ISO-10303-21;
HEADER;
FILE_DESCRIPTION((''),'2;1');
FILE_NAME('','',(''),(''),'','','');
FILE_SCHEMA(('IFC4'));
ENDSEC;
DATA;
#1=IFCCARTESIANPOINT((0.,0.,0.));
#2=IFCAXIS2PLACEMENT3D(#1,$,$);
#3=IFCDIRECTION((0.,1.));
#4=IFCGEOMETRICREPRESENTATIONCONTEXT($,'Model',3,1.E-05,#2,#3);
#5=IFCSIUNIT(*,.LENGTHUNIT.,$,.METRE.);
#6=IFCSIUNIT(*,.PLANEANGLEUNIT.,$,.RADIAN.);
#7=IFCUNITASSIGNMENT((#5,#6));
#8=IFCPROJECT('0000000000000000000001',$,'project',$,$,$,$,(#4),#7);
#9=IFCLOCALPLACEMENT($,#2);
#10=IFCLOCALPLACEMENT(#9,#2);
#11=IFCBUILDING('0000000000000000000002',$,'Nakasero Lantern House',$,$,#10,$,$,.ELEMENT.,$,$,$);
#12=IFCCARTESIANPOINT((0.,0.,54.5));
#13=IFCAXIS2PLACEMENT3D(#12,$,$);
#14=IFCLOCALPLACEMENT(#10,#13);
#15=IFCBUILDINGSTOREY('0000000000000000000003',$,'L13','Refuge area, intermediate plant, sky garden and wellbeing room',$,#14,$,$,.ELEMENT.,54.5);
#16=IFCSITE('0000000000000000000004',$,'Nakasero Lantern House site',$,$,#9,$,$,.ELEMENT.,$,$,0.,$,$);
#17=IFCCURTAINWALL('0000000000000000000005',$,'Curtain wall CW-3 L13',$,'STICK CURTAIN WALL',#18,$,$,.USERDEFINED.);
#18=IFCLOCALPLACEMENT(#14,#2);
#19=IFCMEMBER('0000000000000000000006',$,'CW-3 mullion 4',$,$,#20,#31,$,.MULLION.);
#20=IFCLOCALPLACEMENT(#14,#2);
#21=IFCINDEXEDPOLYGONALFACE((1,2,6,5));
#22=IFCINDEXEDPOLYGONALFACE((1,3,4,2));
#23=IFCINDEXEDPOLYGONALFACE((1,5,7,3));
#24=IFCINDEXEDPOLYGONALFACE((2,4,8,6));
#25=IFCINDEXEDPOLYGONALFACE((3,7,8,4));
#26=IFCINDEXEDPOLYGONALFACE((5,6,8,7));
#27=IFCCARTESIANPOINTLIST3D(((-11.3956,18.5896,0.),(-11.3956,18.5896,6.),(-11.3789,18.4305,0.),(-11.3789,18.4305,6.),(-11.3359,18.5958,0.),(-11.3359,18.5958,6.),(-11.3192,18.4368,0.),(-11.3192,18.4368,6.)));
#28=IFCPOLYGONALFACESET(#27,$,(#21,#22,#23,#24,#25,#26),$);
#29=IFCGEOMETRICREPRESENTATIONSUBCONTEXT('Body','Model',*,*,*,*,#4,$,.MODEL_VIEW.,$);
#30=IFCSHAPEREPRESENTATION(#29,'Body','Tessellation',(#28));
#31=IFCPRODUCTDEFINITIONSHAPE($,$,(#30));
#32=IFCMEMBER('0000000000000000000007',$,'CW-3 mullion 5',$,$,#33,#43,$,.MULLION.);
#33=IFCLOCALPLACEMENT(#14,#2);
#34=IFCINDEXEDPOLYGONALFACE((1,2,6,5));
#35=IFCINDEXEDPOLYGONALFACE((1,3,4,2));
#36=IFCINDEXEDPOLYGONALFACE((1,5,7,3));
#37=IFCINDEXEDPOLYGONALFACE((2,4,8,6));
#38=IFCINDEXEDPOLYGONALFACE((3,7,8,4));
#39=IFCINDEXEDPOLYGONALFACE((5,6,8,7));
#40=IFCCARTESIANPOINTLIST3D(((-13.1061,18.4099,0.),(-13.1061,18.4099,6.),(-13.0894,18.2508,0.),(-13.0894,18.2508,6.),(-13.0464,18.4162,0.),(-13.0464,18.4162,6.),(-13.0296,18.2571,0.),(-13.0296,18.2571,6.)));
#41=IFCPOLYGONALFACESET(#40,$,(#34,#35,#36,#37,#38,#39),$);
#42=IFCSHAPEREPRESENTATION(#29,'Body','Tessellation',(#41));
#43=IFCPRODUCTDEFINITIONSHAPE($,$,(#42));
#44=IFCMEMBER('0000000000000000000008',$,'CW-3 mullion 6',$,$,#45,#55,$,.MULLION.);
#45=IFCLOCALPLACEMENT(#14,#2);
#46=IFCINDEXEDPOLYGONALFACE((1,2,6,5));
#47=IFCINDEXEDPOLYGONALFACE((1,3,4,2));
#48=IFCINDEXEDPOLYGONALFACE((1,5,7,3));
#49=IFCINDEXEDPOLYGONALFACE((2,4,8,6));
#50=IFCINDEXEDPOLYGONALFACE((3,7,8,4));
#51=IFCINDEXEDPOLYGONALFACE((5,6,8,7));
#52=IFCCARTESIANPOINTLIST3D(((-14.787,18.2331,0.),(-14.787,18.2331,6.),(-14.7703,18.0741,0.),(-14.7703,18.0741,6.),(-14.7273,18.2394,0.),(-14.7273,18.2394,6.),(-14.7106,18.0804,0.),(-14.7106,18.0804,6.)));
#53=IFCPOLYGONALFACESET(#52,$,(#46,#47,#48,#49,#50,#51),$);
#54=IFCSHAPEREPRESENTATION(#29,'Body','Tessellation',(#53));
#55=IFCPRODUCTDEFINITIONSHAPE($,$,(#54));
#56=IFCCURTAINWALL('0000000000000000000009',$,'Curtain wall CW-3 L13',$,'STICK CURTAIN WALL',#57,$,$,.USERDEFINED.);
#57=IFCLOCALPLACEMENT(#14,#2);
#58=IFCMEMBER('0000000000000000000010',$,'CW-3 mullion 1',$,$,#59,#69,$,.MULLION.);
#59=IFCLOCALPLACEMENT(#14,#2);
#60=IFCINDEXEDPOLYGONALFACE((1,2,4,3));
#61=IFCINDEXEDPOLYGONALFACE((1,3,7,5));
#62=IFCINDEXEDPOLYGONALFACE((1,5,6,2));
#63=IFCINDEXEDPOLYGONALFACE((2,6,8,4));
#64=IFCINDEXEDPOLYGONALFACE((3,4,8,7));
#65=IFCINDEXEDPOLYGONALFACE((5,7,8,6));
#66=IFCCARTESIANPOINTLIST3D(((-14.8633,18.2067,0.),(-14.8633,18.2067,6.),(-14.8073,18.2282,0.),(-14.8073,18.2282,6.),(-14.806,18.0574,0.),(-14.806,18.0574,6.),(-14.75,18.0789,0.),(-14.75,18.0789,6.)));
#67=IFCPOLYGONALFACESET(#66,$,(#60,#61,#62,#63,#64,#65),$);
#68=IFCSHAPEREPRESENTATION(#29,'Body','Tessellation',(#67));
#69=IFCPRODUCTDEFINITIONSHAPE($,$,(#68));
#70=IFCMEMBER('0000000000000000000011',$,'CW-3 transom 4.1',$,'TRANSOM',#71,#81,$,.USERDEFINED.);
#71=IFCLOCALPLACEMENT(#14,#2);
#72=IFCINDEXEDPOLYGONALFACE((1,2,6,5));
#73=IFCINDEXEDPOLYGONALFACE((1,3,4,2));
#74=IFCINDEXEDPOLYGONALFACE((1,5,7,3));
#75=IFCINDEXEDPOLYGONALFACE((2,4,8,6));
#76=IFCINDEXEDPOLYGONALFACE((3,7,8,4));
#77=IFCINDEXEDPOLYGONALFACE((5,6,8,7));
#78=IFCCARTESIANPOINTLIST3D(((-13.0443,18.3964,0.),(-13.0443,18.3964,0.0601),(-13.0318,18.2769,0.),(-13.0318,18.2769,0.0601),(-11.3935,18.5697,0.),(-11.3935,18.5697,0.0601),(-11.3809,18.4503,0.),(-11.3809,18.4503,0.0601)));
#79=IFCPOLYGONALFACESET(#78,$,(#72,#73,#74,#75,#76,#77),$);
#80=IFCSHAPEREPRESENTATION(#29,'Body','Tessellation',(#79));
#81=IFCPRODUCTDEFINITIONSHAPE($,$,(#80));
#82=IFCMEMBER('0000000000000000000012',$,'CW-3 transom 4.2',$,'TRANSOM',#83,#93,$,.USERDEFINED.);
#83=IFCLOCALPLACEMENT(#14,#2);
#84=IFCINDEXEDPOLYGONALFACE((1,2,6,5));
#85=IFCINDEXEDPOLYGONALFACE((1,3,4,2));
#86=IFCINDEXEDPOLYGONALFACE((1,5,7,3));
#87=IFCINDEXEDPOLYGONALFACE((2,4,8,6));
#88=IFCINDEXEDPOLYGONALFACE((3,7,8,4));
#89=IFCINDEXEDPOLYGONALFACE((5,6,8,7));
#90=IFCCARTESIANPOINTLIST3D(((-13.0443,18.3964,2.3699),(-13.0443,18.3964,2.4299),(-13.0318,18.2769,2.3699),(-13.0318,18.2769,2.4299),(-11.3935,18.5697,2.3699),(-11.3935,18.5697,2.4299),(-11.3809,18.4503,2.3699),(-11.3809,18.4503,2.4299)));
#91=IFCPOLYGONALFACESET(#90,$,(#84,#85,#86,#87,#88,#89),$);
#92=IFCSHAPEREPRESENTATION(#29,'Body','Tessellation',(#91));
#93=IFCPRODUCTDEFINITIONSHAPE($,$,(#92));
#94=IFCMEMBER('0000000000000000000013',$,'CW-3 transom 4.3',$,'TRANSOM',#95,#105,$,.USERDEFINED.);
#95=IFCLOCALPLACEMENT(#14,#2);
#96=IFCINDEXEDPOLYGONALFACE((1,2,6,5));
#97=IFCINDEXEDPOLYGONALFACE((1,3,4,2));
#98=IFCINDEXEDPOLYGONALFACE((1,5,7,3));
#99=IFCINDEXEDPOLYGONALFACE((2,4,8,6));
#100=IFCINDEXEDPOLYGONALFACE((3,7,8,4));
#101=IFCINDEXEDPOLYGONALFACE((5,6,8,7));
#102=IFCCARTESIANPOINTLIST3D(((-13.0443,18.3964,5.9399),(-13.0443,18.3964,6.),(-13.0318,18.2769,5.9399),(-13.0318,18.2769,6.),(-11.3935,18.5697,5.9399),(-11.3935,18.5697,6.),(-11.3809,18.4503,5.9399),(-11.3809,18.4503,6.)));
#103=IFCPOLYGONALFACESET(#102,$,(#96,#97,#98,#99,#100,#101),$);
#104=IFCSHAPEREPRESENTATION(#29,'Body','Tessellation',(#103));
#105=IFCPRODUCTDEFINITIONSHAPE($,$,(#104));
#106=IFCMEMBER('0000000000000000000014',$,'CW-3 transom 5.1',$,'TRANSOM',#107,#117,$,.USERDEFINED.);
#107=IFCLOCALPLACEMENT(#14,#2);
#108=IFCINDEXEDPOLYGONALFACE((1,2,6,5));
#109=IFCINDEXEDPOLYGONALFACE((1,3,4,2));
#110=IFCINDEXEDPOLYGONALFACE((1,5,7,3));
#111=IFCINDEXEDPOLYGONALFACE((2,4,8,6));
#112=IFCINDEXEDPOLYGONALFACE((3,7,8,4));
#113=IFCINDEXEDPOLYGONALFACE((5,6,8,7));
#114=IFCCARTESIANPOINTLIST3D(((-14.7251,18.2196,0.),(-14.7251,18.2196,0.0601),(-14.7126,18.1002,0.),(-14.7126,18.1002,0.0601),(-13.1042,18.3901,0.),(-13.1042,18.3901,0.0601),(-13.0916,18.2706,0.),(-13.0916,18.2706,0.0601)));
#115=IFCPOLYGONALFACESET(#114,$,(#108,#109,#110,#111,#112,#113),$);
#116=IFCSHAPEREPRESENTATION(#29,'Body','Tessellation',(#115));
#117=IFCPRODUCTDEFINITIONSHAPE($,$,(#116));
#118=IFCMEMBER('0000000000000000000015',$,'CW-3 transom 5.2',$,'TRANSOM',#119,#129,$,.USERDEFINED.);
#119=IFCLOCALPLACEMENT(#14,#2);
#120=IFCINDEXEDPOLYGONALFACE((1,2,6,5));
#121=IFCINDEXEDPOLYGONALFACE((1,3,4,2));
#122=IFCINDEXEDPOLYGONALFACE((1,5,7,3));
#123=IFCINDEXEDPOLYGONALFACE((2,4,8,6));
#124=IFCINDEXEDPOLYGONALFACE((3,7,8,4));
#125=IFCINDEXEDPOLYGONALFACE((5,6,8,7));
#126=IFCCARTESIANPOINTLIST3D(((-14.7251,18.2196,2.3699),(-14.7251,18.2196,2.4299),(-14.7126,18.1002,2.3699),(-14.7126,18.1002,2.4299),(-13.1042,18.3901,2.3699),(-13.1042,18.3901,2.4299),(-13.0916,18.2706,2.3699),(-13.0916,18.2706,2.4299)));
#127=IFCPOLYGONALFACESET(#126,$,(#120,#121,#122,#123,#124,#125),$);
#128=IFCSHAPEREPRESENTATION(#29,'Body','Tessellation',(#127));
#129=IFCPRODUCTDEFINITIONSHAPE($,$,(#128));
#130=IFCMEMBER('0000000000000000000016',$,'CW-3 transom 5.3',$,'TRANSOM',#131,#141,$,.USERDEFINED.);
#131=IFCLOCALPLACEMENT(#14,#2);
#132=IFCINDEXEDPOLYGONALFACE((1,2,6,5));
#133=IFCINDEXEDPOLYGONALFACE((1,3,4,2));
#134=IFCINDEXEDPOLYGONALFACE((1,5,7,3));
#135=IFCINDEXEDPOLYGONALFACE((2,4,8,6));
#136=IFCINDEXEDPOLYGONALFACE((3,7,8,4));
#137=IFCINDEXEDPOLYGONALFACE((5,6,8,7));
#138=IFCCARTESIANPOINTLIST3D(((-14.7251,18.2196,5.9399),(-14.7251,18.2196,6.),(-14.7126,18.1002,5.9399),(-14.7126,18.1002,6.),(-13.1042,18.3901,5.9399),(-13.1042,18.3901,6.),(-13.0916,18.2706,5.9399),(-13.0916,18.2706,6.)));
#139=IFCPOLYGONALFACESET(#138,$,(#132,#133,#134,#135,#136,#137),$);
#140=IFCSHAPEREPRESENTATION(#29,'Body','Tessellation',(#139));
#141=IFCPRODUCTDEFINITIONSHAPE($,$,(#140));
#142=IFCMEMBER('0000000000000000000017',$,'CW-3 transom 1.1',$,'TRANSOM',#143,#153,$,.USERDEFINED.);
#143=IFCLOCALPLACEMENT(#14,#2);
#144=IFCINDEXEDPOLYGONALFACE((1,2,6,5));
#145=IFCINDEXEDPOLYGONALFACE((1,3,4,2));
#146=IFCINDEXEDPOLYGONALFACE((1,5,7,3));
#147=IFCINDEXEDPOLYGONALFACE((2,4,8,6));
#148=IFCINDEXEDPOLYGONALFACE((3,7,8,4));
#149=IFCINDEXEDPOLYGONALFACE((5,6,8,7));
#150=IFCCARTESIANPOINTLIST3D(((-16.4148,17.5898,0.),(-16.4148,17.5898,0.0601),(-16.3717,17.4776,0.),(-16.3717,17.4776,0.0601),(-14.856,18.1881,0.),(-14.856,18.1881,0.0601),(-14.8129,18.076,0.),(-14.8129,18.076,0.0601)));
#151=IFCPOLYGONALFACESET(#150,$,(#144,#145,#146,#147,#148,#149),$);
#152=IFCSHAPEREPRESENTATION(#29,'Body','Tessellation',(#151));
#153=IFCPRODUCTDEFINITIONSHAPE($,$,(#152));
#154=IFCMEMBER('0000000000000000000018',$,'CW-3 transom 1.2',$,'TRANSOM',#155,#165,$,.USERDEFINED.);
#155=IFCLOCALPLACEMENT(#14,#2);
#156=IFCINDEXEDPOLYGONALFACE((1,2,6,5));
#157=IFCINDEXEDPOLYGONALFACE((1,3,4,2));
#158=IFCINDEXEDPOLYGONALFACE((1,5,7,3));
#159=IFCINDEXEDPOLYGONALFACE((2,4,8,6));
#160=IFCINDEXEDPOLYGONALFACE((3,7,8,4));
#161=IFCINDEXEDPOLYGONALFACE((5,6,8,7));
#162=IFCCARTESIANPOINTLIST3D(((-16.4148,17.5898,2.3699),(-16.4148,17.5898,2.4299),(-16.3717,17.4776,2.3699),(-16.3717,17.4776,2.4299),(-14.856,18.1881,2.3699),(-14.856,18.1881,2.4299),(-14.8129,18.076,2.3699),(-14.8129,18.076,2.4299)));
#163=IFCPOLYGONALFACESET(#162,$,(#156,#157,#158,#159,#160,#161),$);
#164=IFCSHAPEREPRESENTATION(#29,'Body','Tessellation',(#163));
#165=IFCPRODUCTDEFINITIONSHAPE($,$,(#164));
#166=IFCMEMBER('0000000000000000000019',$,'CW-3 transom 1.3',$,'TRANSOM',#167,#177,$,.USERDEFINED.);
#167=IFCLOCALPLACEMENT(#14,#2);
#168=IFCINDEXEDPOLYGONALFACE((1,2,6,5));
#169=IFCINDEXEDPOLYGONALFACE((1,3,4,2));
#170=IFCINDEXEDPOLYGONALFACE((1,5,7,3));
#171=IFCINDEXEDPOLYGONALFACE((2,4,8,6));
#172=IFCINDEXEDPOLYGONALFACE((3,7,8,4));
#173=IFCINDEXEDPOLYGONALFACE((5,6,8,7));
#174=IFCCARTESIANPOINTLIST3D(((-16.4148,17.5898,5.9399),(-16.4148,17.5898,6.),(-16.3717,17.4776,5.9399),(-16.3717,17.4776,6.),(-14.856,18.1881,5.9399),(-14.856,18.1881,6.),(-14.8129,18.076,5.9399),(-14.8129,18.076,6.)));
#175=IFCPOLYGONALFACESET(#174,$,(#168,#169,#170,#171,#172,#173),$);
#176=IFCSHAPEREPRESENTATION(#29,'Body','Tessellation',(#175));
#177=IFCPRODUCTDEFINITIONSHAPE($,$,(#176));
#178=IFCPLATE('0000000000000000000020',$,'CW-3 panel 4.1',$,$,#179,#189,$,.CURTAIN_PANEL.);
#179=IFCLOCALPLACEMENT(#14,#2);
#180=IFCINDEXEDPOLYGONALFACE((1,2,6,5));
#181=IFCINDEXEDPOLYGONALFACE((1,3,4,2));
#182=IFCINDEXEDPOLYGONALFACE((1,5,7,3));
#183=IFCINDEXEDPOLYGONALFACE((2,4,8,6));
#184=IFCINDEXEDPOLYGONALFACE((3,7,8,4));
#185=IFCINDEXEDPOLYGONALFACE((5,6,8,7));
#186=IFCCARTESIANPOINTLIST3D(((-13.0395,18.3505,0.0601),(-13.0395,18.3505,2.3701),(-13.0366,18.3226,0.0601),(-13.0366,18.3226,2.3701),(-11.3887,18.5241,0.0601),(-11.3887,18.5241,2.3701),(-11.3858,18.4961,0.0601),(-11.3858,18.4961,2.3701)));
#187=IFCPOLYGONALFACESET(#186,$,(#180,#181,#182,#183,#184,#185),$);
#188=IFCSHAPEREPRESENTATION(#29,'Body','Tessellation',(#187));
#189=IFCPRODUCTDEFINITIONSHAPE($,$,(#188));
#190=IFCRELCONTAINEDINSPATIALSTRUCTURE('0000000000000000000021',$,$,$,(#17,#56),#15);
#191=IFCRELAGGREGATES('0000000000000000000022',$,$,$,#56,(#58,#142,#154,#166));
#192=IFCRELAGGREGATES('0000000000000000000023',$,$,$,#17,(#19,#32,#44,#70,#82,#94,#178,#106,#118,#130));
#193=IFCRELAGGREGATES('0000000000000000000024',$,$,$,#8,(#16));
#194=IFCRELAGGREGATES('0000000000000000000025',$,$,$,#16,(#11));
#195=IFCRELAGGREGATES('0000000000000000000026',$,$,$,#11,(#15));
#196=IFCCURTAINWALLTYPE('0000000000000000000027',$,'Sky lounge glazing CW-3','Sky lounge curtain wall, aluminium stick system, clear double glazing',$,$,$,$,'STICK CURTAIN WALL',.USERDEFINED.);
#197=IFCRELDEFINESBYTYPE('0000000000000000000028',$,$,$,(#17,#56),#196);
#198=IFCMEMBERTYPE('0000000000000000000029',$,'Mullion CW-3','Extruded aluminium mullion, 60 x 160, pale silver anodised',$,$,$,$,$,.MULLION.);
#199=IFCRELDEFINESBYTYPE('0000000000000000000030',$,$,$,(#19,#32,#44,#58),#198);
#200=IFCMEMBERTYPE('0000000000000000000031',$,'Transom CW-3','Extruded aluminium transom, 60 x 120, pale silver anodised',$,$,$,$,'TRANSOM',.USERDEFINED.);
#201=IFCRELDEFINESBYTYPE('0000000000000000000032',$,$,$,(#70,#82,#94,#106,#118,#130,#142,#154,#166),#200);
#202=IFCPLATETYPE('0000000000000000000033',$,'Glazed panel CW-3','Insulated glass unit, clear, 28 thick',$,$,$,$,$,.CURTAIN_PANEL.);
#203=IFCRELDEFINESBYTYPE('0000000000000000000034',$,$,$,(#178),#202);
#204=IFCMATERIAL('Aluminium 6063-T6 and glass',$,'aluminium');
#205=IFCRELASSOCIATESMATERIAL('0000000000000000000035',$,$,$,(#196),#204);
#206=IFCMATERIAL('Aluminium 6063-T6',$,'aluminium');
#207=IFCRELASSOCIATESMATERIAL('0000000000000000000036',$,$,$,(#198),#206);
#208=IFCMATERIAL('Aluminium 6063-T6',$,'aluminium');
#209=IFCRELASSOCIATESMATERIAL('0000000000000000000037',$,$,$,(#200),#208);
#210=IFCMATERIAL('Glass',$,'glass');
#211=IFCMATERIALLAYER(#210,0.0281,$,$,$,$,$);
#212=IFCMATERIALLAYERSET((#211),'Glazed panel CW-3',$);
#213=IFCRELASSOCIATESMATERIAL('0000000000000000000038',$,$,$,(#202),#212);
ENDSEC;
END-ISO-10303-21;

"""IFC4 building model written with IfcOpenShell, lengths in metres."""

from ifc_helpers import new_model, si_unit, direction, frame, origin, origin_2d, place, context, subcontext, project, spatial, rectangle, extrude, material, layer, layer_set, material_profile, profile_set, type_object, element, aggregate, save


model = new_model("IFC4")

# Units and contexts
model_context = context("Model", 3, precision=1e-05, world=origin(), true_north=direction((0.0, 1.0)))
body_context = subcontext(model_context, "Body", "Model", "MODEL_VIEW")
ifc_project = project(units=[si_unit("LENGTHUNIT", "METRE"), si_unit("PLANEANGLEUNIT", "RADIAN")], contexts=[model_context])

# Site, building, storey
site_placement = place(None, origin())
site = spatial("IfcSite", under=ifc_project, at=site_placement, Name="Nakasero Lantern House site", CompositionType="ELEMENT", RefElevation=0.0)
building_placement = place(site_placement, origin())
building = spatial("IfcBuilding", under=site, at=building_placement, Name="Nakasero Lantern House", CompositionType="ELEMENT")
storey_placement = place(building_placement, frame((0.0, 0.0, 54.5)))
storey = spatial("IfcBuildingStorey", under=building, at=storey_placement, Name="L13", Description="Refuge area, intermediate plant, sky garden and wellbeing room", CompositionType="ELEMENT", Elevation=54.5)

# Curtain wall, members
ifc_material_1 = material(Name="Aluminium 6063-T6 and glass", Category="aluminium")
curtain_wall_type = type_object("IfcCurtainWallType", Name="Sky lounge glazing CW-3", Description="Sky lounge curtain wall, aluminium stick system, clear double glazing", ElementType="STICK CURTAIN WALL", PredefinedType="USERDEFINED", material=ifc_material_1)
curtain_wall_1_placement = place(storey_placement, origin())
curtain_wall_1 = element("IfcCurtainWall", 1, at=curtain_wall_1_placement, inside=storey, type_object=curtain_wall_type, Name="Curtain wall CW-3 L13", ObjectType="STICK CURTAIN WALL", PredefinedType="USERDEFINED")
ifc_material_2 = material(Name="Aluminium 6063-T6", Category="aluminium")
ifc_material_profile_1 = material_profile(ifc_material_2, rectangle(XDim=0.0601, YDim=0.1599, at=origin_2d()), Name="CW-3 mullion 60x160")
ifc_profile_set_1 = profile_set([ifc_material_profile_1], Name="Aluminium 6063-T6")
member_type_1 = type_object("IfcMemberType", Name="Mullion CW-3", Description="Extruded aluminium mullion, 60 x 160, pale silver anodised", PredefinedType="MULLION", material=ifc_profile_set_1)
member_1_placement = place(storey_placement, frame((-11.3574, 18.5132, 0.0), z_axis=(0.0, 0.0, 1.0), x_axis=(-0.994522, -0.104528, 0.0)))
member_1 = element("IfcMember", 2, at=member_1_placement, type_object=member_type_1, Name="CW-3 mullion 4", PredefinedType="MULLION", context=body_context, shape_type="SweptSolid", body=[
    extrude(rectangle(XDim=0.0601, YDim=0.1599, at=origin_2d()), origin(), (0.0, 0.0, 1.0), 6.0),
])
member_2_placement = place(storey_placement, frame((-13.0679, 18.3335, 0.0), z_axis=(0.0, 0.0, 1.0), x_axis=(-0.994522, -0.104528, 0.0)))
member_2 = element("IfcMember", 3, at=member_2_placement, type_object=member_type_1, Name="CW-3 mullion 5", PredefinedType="MULLION", context=body_context, shape_type="SweptSolid", body=[
    extrude(rectangle(XDim=0.0601, YDim=0.1599, at=origin_2d()), origin(), (0.0, 0.0, 1.0), 6.0),
])
member_3_placement = place(storey_placement, frame((-14.7488, 18.1567, 0.0), z_axis=(0.0, 0.0, 1.0), x_axis=(-0.994522, -0.104528, 0.0)))
member_3 = element("IfcMember", 4, at=member_3_placement, type_object=member_type_1, Name="CW-3 mullion 6", PredefinedType="MULLION", context=body_context, shape_type="SweptSolid", body=[
    extrude(rectangle(XDim=0.0601, YDim=0.1599, at=origin_2d()), origin(), (0.0, 0.0, 1.0), 6.0),
])

# Curtain wall, member
curtain_wall_2_placement = place(storey_placement, origin())
curtain_wall_2 = element("IfcCurtainWall", 5, at=curtain_wall_2_placement, inside=storey, type_object=curtain_wall_type, Name="Curtain wall CW-3 L13", ObjectType="STICK CURTAIN WALL", PredefinedType="USERDEFINED")
member_4_placement = place(storey_placement, frame((-14.8066, 18.1428, 0.0), z_axis=(0.0, 0.0, 1.0), x_axis=(-0.93358, -0.358368, 0.0)))
member_4 = element("IfcMember", 6, at=member_4_placement, type_object=member_type_1, Name="CW-3 mullion 1", PredefinedType="MULLION", context=body_context, shape_type="SweptSolid", body=[
    extrude(rectangle(XDim=0.0601, YDim=0.1599, at=origin_2d()), origin(), (0.0, 0.0, 1.0), 6.0),
])

# Members
ifc_material_3 = material(Name="Aluminium 6063-T6", Category="aluminium")
ifc_material_profile_2 = material_profile(ifc_material_3, rectangle(XDim=0.0601, YDim=0.1201, at=origin_2d()), Name="CW-3 transom 60x120")
ifc_profile_set_2 = profile_set([ifc_material_profile_2], Name="Aluminium 6063-T6")
member_type_2 = type_object("IfcMemberType", Name="Transom CW-3", Description="Extruded aluminium transom, 60 x 120, pale silver anodised", ElementType="TRANSOM", PredefinedType="USERDEFINED", material=ifc_profile_set_2)
member_5_placement = place(storey_placement, frame((-11.3872, 18.51, 0.03), z_axis=(-0.994533, -0.104424, 0.0), x_axis=(0.0, 0.0, 1.0)))
member_5 = element("IfcMember", 7, at=member_5_placement, type_object=member_type_2, Name="CW-3 transom 4.1", ObjectType="TRANSOM", PredefinedType="USERDEFINED", context=body_context, shape_type="SweptSolid", body=[
    extrude(rectangle(XDim=0.0601, YDim=0.1201, at=origin_2d()), origin(), (0.0, 0.0, 1.0), 1.6599),
])
member_6_placement = place(storey_placement, frame((-11.3872, 18.51, 2.3999), z_axis=(-0.994533, -0.104424, 0.0), x_axis=(0.0, 0.0, 1.0)))
member_6 = element("IfcMember", 8, at=member_6_placement, type_object=member_type_2, Name="CW-3 transom 4.2", ObjectType="TRANSOM", PredefinedType="USERDEFINED", context=body_context, shape_type="SweptSolid", body=[
    extrude(rectangle(XDim=0.0601, YDim=0.1201, at=origin_2d()), origin(), (0.0, 0.0, 1.0), 1.6599),
])
member_7_placement = place(storey_placement, frame((-11.3872, 18.51, 5.97), z_axis=(-0.994533, -0.104424, 0.0), x_axis=(0.0, 0.0, 1.0)))
member_7 = element("IfcMember", 9, at=member_7_placement, type_object=member_type_2, Name="CW-3 transom 4.3", ObjectType="TRANSOM", PredefinedType="USERDEFINED", context=body_context, shape_type="SweptSolid", body=[
    extrude(rectangle(XDim=0.0601, YDim=0.1201, at=origin_2d()), origin(), (0.0, 0.0, 1.0), 1.6599),
])
member_8_placement = place(storey_placement, frame((-13.0979, 18.3303, 0.03), z_axis=(-0.994519, -0.10456, 0.0), x_axis=(0.0, 0.0, 1.0)))
member_8 = element("IfcMember", 10, at=member_8_placement, type_object=member_type_2, Name="CW-3 transom 5.1", ObjectType="TRANSOM", PredefinedType="USERDEFINED", context=body_context, shape_type="SweptSolid", body=[
    extrude(rectangle(XDim=0.0601, YDim=0.1201, at=origin_2d()), origin(), (0.0, 0.0, 1.0), 1.6299),
])
member_9_placement = place(storey_placement, frame((-13.0979, 18.3303, 2.3999), z_axis=(-0.994519, -0.10456, 0.0), x_axis=(0.0, 0.0, 1.0)))
member_9 = element("IfcMember", 11, at=member_9_placement, type_object=member_type_2, Name="CW-3 transom 5.2", ObjectType="TRANSOM", PredefinedType="USERDEFINED", context=body_context, shape_type="SweptSolid", body=[
    extrude(rectangle(XDim=0.0601, YDim=0.1201, at=origin_2d()), origin(), (0.0, 0.0, 1.0), 1.6299),
])
member_10_placement = place(storey_placement, frame((-13.0979, 18.3303, 5.97), z_axis=(-0.994519, -0.10456, 0.0), x_axis=(0.0, 0.0, 1.0)))
member_10 = element("IfcMember", 12, at=member_10_placement, type_object=member_type_2, Name="CW-3 transom 5.3", ObjectType="TRANSOM", PredefinedType="USERDEFINED", context=body_context, shape_type="SweptSolid", body=[
    extrude(rectangle(XDim=0.0601, YDim=0.1201, at=origin_2d()), origin(), (0.0, 0.0, 1.0), 1.6299),
])
member_11_placement = place(storey_placement, frame((-14.8345, 18.1321, 0.03), z_axis=(-0.933579, -0.358372, 0.0), x_axis=(0.0, 0.0, 1.0)))
member_11 = element("IfcMember", 13, at=member_11_placement, type_object=member_type_2, Name="CW-3 transom 1.1", ObjectType="TRANSOM", PredefinedType="USERDEFINED", context=body_context, shape_type="SweptSolid", body=[
    extrude(rectangle(XDim=0.0601, YDim=0.1201, at=origin_2d()), origin(), (0.0, 0.0, 1.0), 1.6697),
])
member_12_placement = place(storey_placement, frame((-14.8345, 18.1321, 2.3999), z_axis=(-0.933579, -0.358372, 0.0), x_axis=(0.0, 0.0, 1.0)))
member_12 = element("IfcMember", 14, at=member_12_placement, type_object=member_type_2, Name="CW-3 transom 1.2", ObjectType="TRANSOM", PredefinedType="USERDEFINED", context=body_context, shape_type="SweptSolid", body=[
    extrude(rectangle(XDim=0.0601, YDim=0.1201, at=origin_2d()), origin(), (0.0, 0.0, 1.0), 1.6697),
])
member_13_placement = place(storey_placement, frame((-14.8345, 18.1321, 5.97), z_axis=(-0.933579, -0.358372, 0.0), x_axis=(0.0, 0.0, 1.0)))
member_13 = element("IfcMember", 15, at=member_13_placement, type_object=member_type_2, Name="CW-3 transom 1.3", ObjectType="TRANSOM", PredefinedType="USERDEFINED", context=body_context, shape_type="SweptSolid", body=[
    extrude(rectangle(XDim=0.0601, YDim=0.1201, at=origin_2d()), origin(), (0.0, 0.0, 1.0), 1.6697),
])

# Plate
ifc_material_4 = material(Name="Glass", Category="glass")
ifc_layer_1 = layer(ifc_material_4, 0.0281)
ifc_layer_set_1 = layer_set([ifc_layer_1], Name="Glazed panel CW-3")
plate_type_1 = type_object("IfcPlateType", Name="Glazed panel CW-3", Description="Insulated glass unit, clear, 28 thick", PredefinedType="CURTAIN_PANEL", material=ifc_layer_set_1)
plate_1_placement = place(storey_placement, frame((-12.2126, 18.4233, 0.0601), z_axis=(0.0, 0.0, 1.0), x_axis=(-0.994522, -0.104528, 0.0)))
plate_1 = element("IfcPlate", 16, at=plate_1_placement, type_object=plate_type_1, Name="CW-3 panel 4.1", PredefinedType="CURTAIN_PANEL", context=body_context, shape_type="SweptSolid", body=[
    extrude(rectangle(XDim=1.6599, YDim=0.0281, at=origin_2d()), origin(), (0.0, 0.0, 1.0), 2.3101),
])
aggregate(curtain_wall_2, [member_4, member_11, member_12, member_13])
aggregate(curtain_wall_1, [member_1, member_2, member_3, member_5, member_6, member_7, plate_1, member_8, member_9, member_10])

save(model, "model.ifc")
